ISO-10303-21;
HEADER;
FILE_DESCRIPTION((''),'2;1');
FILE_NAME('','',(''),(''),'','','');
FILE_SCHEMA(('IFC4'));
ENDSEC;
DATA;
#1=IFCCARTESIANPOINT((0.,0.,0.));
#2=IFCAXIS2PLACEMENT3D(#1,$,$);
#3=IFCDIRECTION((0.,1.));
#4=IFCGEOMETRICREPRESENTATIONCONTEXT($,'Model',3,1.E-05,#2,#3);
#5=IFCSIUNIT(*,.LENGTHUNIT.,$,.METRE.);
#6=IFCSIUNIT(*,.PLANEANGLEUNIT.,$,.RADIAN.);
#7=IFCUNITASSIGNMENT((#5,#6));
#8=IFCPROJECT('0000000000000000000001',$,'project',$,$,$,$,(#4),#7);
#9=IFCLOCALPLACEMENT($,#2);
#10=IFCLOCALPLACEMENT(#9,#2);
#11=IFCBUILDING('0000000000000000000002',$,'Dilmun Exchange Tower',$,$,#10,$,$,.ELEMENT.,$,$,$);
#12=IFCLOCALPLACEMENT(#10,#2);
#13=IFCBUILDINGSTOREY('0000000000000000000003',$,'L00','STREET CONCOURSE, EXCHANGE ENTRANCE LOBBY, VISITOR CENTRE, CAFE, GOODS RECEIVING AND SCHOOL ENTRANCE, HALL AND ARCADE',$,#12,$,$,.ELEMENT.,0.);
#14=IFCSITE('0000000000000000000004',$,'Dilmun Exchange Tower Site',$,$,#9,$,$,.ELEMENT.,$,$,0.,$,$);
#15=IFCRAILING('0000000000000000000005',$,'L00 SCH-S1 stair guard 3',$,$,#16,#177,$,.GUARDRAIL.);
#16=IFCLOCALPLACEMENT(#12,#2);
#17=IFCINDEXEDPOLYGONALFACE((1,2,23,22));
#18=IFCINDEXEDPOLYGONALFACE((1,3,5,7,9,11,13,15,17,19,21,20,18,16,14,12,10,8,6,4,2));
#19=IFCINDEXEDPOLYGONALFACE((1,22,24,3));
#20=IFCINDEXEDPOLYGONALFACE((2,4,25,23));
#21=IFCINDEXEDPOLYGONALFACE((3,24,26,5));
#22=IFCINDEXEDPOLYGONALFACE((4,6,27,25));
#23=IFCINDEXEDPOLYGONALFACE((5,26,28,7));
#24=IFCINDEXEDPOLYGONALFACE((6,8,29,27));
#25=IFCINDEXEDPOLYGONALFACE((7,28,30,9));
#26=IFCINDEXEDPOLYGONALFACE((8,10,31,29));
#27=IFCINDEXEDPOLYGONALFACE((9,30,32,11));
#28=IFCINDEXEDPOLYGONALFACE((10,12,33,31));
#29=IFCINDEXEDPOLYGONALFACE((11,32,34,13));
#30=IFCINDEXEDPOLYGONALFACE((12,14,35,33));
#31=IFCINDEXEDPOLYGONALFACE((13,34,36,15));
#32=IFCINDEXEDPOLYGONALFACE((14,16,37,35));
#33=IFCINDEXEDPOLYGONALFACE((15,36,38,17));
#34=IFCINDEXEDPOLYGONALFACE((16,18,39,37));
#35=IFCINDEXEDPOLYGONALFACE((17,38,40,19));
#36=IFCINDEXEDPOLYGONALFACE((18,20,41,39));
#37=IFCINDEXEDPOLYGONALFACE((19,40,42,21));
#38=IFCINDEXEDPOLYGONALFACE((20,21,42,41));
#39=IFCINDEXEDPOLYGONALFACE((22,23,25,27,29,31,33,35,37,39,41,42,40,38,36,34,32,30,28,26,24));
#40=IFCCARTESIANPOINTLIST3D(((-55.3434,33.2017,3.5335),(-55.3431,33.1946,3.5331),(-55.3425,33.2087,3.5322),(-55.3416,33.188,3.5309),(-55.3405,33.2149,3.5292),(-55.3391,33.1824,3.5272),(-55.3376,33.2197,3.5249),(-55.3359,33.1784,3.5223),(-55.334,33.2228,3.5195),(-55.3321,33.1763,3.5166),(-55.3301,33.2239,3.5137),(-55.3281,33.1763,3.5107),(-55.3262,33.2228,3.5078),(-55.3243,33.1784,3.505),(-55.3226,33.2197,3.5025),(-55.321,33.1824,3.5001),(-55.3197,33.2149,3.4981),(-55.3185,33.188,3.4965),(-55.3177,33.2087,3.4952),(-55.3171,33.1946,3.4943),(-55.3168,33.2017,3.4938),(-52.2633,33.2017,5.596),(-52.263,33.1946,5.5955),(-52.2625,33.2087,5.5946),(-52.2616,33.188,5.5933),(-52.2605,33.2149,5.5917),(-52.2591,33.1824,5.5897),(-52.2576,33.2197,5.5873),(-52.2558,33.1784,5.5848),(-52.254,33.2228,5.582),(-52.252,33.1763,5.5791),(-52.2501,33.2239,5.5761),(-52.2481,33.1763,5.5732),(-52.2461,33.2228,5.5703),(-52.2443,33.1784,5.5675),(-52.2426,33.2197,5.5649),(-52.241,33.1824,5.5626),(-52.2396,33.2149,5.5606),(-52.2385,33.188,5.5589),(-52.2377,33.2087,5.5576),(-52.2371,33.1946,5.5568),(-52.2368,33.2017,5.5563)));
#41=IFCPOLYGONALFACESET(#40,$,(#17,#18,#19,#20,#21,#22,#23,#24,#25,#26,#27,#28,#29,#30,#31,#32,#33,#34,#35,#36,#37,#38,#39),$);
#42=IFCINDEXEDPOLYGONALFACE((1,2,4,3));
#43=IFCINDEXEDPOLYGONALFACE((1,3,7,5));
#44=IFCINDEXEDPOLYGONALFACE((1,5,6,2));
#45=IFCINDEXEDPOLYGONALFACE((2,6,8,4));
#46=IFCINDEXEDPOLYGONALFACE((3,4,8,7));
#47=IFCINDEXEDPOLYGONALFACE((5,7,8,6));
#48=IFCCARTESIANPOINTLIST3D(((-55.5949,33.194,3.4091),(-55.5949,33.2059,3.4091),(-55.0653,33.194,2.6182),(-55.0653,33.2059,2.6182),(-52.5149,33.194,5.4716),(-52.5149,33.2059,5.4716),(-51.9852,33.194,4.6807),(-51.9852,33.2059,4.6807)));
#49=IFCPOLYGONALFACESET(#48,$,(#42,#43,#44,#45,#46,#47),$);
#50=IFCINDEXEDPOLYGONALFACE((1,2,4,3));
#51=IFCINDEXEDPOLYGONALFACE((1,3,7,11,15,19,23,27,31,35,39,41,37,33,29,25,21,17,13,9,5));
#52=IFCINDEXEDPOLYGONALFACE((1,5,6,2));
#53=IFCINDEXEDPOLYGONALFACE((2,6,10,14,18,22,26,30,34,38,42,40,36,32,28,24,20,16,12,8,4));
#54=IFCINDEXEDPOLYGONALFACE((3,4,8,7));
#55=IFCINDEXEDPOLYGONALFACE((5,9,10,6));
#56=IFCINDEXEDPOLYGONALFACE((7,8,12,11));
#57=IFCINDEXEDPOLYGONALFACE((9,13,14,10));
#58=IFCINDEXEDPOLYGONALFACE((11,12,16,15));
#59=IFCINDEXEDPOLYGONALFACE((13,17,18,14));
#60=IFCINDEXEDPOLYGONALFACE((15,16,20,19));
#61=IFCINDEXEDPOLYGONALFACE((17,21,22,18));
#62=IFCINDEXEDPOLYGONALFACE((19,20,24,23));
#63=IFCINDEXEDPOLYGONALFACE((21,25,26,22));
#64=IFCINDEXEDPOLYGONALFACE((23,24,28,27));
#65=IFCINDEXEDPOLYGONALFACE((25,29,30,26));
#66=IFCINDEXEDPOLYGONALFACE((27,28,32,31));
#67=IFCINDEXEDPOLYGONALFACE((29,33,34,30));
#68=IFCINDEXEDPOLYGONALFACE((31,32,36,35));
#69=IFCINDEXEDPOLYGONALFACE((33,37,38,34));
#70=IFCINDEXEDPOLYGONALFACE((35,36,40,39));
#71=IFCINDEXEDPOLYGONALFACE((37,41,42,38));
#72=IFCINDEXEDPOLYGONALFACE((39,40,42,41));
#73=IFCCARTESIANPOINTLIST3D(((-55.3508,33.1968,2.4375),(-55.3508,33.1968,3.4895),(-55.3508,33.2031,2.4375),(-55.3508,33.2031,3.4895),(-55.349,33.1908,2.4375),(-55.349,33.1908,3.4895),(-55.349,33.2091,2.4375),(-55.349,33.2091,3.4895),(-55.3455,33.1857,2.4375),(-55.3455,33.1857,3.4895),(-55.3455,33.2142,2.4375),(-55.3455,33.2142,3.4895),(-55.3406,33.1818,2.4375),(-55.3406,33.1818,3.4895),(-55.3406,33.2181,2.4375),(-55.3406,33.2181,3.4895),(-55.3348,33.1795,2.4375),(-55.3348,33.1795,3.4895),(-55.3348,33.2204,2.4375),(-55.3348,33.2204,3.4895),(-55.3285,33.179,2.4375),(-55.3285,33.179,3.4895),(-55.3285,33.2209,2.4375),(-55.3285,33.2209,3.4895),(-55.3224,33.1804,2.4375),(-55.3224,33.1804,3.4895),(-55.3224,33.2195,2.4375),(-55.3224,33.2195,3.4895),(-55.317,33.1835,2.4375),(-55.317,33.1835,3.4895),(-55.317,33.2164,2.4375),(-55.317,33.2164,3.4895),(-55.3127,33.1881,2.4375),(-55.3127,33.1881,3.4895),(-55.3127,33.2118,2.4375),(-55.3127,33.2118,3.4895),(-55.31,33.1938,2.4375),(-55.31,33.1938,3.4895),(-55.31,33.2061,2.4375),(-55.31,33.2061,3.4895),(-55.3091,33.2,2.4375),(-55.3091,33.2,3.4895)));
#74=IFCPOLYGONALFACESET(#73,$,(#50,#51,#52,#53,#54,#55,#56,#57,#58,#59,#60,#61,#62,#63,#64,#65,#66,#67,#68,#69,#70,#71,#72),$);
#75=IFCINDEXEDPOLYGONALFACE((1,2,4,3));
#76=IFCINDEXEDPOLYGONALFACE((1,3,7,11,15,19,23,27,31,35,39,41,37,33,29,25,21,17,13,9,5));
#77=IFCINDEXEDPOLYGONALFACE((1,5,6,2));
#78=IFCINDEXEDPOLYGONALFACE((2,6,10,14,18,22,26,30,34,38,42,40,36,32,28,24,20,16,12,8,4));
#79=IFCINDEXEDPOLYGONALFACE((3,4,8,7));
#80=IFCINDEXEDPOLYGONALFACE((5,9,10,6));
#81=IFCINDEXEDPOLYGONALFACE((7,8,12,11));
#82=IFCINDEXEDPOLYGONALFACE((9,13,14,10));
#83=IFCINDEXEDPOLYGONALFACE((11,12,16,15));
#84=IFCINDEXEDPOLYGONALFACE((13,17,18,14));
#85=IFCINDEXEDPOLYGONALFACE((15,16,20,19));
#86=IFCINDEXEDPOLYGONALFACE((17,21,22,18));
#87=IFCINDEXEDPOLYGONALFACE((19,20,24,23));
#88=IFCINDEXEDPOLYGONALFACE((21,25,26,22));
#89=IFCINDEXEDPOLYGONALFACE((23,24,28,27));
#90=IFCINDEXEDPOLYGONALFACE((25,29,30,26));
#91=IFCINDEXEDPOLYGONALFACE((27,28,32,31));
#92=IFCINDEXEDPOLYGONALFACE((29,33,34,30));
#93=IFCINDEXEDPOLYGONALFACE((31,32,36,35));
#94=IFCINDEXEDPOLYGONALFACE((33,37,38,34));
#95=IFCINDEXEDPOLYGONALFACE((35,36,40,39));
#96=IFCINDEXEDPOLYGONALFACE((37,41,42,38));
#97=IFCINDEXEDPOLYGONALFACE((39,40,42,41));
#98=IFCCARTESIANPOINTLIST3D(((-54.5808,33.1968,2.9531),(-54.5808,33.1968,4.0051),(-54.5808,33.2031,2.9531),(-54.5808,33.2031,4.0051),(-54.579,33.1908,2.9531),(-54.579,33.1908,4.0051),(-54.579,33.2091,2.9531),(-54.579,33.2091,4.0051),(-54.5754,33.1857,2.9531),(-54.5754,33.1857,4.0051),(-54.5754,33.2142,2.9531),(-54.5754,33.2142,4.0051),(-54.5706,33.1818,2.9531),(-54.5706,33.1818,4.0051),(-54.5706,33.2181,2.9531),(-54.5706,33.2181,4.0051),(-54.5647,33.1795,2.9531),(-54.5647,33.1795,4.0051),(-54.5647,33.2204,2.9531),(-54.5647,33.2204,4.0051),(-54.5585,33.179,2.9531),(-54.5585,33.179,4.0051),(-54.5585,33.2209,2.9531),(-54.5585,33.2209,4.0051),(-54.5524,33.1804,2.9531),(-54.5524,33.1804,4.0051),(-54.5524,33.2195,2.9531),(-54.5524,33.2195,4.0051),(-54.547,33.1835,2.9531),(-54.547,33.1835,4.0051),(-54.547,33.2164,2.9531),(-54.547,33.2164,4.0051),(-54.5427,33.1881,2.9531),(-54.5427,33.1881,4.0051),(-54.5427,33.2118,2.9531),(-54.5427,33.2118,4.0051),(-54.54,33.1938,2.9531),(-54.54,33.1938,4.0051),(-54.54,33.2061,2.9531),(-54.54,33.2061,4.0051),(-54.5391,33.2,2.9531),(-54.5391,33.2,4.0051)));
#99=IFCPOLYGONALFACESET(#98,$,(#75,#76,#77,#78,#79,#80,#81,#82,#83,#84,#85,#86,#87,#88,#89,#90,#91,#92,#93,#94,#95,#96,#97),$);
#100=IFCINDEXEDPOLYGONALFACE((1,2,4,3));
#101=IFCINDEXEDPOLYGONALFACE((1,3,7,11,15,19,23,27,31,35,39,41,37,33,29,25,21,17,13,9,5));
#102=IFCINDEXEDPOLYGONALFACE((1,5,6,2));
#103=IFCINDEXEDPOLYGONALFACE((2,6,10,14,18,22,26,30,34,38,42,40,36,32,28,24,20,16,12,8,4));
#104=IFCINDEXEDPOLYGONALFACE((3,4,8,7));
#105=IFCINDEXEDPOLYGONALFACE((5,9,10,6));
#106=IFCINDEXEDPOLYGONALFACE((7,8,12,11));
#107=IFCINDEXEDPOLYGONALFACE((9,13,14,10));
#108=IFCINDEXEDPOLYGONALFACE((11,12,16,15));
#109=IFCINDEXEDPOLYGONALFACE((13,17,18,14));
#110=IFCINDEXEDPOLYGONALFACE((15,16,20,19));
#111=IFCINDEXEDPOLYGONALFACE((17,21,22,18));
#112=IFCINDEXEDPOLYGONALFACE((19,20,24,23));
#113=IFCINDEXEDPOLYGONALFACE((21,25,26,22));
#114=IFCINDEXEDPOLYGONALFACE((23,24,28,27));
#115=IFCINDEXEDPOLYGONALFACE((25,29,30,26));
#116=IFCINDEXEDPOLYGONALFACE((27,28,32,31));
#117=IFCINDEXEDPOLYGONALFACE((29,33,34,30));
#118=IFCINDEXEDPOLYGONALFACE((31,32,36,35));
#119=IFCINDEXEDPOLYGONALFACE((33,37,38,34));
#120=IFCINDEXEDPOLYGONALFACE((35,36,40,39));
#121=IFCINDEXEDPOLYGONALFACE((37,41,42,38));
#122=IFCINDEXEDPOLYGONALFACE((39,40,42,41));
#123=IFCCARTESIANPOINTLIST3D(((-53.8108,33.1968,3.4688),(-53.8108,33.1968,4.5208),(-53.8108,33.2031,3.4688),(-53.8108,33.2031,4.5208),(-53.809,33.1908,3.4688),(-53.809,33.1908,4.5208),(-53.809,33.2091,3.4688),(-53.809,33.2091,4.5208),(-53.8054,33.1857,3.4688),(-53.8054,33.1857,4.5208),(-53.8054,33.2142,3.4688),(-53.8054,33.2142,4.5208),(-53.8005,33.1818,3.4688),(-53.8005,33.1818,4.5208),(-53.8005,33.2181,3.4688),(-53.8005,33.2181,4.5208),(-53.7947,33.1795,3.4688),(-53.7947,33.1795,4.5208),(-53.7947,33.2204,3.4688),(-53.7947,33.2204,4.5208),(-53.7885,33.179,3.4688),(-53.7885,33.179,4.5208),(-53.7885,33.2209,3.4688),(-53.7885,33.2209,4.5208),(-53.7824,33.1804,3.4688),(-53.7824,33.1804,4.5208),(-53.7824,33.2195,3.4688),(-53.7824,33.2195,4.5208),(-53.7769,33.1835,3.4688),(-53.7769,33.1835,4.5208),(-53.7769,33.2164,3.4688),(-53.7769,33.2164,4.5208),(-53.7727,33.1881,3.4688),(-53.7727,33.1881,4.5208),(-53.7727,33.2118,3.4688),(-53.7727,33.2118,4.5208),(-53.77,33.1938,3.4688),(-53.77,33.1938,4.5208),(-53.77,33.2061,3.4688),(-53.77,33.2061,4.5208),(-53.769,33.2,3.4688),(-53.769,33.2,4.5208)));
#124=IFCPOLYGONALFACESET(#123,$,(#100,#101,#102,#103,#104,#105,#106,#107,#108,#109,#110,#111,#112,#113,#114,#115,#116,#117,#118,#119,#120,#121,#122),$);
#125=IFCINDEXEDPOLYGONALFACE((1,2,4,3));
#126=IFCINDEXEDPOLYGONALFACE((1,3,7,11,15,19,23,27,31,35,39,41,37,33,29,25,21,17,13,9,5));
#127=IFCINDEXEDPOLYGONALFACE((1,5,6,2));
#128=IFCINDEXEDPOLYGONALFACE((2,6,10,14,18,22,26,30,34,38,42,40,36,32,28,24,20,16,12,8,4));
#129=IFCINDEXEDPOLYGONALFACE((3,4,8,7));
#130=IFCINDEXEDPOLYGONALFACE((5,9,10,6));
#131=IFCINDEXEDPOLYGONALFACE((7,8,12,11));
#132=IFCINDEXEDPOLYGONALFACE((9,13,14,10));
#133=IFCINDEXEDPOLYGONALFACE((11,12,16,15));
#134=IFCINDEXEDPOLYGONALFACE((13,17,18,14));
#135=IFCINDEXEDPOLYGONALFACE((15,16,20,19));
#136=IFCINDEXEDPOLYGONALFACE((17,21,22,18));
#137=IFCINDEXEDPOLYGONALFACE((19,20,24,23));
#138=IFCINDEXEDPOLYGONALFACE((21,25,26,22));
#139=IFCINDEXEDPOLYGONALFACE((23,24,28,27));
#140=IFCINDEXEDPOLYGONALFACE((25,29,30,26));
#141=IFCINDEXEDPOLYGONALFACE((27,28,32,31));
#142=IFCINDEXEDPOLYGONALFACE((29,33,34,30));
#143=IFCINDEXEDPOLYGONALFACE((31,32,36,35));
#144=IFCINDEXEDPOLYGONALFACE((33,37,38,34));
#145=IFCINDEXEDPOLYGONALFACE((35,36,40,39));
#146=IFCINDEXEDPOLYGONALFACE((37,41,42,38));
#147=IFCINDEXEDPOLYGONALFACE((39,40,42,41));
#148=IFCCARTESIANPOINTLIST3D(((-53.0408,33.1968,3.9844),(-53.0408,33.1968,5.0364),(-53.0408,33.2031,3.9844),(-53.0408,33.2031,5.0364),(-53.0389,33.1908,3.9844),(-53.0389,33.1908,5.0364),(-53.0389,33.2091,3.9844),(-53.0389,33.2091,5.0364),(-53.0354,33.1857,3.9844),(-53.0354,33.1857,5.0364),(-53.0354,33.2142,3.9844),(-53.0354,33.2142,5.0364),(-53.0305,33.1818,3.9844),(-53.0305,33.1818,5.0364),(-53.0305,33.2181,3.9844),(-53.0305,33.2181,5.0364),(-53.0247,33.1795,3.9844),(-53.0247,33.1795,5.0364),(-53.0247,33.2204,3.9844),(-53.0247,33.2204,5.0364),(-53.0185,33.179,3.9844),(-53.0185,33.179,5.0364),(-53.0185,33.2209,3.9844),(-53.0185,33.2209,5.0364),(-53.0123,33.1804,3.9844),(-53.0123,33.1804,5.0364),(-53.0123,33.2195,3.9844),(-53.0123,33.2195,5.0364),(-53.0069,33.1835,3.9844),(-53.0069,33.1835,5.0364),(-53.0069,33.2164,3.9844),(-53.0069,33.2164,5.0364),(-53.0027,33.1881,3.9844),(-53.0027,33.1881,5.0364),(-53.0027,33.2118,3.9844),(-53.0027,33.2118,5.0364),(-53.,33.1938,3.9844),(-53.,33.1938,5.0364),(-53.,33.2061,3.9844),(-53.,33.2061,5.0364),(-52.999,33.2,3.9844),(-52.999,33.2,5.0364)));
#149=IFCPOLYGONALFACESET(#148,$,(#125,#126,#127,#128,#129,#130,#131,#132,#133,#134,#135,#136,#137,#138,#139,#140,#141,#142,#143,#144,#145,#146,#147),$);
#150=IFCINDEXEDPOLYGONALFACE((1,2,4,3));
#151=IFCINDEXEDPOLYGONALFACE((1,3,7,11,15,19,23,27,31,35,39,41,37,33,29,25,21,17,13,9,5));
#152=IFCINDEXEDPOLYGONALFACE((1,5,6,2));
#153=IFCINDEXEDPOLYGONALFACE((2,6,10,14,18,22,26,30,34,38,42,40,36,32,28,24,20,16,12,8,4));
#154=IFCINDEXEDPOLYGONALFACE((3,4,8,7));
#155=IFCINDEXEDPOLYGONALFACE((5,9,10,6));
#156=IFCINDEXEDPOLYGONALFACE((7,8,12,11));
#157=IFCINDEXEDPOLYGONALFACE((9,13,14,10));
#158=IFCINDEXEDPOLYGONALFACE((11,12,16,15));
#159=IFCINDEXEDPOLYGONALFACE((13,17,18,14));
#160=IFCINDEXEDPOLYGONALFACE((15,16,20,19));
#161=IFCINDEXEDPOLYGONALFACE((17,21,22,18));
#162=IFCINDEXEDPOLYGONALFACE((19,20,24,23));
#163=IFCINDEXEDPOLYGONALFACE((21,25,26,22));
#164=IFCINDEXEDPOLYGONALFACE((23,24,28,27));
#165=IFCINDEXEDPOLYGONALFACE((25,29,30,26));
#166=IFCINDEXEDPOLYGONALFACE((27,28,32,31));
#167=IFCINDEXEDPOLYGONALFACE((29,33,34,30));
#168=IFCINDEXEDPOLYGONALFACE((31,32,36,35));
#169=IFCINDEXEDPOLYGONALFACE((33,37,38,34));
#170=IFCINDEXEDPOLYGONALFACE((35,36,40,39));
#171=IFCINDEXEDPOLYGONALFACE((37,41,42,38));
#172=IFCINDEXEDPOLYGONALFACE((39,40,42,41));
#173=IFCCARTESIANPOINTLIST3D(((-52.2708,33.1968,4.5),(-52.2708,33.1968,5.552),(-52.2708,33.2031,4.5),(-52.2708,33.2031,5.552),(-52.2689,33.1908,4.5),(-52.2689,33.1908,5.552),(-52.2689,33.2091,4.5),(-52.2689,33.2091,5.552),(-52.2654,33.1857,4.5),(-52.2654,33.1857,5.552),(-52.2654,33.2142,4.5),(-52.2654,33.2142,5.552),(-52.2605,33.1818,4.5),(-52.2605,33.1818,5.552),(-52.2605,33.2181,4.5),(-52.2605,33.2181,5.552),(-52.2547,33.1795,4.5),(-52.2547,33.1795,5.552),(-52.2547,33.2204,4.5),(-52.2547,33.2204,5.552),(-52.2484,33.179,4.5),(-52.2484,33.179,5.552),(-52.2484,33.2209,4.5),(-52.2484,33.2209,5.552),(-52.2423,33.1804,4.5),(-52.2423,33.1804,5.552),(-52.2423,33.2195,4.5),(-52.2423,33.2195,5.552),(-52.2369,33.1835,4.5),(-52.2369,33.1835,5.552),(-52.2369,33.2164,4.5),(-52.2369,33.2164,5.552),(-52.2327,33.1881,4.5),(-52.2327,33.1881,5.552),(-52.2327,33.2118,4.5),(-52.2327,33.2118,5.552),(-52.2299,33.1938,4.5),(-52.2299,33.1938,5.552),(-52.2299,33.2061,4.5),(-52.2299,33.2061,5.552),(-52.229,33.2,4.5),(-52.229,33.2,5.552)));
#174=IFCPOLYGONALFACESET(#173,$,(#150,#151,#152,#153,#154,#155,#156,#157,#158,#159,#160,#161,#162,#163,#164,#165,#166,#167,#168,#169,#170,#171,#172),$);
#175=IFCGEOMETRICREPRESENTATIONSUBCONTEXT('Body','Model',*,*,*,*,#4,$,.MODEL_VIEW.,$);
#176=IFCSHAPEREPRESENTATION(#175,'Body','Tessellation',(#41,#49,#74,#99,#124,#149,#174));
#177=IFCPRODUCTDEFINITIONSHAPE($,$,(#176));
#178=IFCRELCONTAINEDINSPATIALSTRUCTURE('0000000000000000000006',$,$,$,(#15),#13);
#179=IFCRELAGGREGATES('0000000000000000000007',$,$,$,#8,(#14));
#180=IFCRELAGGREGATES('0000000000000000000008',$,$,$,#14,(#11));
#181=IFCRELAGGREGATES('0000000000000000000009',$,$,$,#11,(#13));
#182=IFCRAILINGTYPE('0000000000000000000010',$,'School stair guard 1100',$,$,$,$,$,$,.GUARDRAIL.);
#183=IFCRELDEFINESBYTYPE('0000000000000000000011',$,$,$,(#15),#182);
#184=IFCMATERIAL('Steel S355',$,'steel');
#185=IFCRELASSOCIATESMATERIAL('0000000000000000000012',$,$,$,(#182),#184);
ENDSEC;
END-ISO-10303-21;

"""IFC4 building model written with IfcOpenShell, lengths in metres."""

from ifc_helpers import new_model, si_unit, direction, frame, origin, origin_2d, place, context, subcontext, project, spatial, rectangle, circle, extrude, material, type_object, element, save


model = new_model("IFC4")

# Units and contexts
model_context = context("Model", 3, precision=1e-05, world=origin(), true_north=direction((0.0, 1.0)))
body_context = subcontext(model_context, "Body", "Model", "MODEL_VIEW")
ifc_project = project(units=[si_unit("LENGTHUNIT", "METRE"), si_unit("PLANEANGLEUNIT", "RADIAN")], contexts=[model_context])

# Site, building, storey
site_placement = place(None, origin())
site = spatial("IfcSite", under=ifc_project, at=site_placement, Name="Dilmun Exchange Tower Site", CompositionType="ELEMENT", RefElevation=0.0)
building_placement = place(site_placement, origin())
building = spatial("IfcBuilding", under=site, at=building_placement, Name="Dilmun Exchange Tower", CompositionType="ELEMENT")
storey_placement = place(building_placement, origin())
storey = spatial("IfcBuildingStorey", under=building, at=storey_placement, Name="L00", Description="STREET CONCOURSE, EXCHANGE ENTRANCE LOBBY, VISITOR CENTRE, CAFE, GOODS RECEIVING AND SCHOOL ENTRANCE, HALL AND ARCADE", CompositionType="ELEMENT", Elevation=0.0)

# Railing
ifc_material_1 = material(Name="Steel S355", Category="steel")
railing_type_1 = type_object("IfcRailingType", Name="School stair guard 1100", PredefinedType="GUARDRAIL", material=ifc_material_1)
railing_1_placement = place(storey_placement, frame((-55.3301, 33.2, 2.4375)))
element("IfcRailing", 1, at=railing_1_placement, inside=storey, type_object=railing_type_1, Name="L00 SCH-S1 stair guard 3", PredefinedType="GUARDRAIL", context=body_context, shape_type="SweptSolid", body=[
    extrude(circle(Radius=0.0239, at=origin_2d()), frame((0.0, 0.0, 1.0762), z_axis=(0.830914, 0.0, 0.556401), x_axis=(0.0, 1.0, 0.0)), (0.0, 0.0, 1.0), 3.7068),
    extrude(rectangle(XDim=0.012, YDim=0.9519, at=origin_2d()), frame((0.0, 0.0, 0.5762), z_axis=(0.830914, 0.0, 0.556401), x_axis=(0.0, 1.0, 0.0)), (0.0, 0.0, 1.0), 3.7068),
    extrude(circle(Radius=0.021, at=origin_2d()), origin(), (0.0, 0.0, 1.0), 1.052),
    extrude(circle(Radius=0.021, at=origin_2d()), frame((0.77, 0.0, 0.5156)), (0.0, 0.0, 1.0), 1.052),
    extrude(circle(Radius=0.021, at=origin_2d()), frame((1.54, 0.0, 1.0312)), (0.0, 0.0, 1.0), 1.052),
    extrude(circle(Radius=0.021, at=origin_2d()), frame((2.3101, 0.0, 1.5469)), (0.0, 0.0, 1.0), 1.052),
    extrude(circle(Radius=0.021, at=origin_2d()), frame((3.0801, 0.0, 2.0625)), (0.0, 0.0, 1.0), 1.052),
])

save(model, "model.ifc")
